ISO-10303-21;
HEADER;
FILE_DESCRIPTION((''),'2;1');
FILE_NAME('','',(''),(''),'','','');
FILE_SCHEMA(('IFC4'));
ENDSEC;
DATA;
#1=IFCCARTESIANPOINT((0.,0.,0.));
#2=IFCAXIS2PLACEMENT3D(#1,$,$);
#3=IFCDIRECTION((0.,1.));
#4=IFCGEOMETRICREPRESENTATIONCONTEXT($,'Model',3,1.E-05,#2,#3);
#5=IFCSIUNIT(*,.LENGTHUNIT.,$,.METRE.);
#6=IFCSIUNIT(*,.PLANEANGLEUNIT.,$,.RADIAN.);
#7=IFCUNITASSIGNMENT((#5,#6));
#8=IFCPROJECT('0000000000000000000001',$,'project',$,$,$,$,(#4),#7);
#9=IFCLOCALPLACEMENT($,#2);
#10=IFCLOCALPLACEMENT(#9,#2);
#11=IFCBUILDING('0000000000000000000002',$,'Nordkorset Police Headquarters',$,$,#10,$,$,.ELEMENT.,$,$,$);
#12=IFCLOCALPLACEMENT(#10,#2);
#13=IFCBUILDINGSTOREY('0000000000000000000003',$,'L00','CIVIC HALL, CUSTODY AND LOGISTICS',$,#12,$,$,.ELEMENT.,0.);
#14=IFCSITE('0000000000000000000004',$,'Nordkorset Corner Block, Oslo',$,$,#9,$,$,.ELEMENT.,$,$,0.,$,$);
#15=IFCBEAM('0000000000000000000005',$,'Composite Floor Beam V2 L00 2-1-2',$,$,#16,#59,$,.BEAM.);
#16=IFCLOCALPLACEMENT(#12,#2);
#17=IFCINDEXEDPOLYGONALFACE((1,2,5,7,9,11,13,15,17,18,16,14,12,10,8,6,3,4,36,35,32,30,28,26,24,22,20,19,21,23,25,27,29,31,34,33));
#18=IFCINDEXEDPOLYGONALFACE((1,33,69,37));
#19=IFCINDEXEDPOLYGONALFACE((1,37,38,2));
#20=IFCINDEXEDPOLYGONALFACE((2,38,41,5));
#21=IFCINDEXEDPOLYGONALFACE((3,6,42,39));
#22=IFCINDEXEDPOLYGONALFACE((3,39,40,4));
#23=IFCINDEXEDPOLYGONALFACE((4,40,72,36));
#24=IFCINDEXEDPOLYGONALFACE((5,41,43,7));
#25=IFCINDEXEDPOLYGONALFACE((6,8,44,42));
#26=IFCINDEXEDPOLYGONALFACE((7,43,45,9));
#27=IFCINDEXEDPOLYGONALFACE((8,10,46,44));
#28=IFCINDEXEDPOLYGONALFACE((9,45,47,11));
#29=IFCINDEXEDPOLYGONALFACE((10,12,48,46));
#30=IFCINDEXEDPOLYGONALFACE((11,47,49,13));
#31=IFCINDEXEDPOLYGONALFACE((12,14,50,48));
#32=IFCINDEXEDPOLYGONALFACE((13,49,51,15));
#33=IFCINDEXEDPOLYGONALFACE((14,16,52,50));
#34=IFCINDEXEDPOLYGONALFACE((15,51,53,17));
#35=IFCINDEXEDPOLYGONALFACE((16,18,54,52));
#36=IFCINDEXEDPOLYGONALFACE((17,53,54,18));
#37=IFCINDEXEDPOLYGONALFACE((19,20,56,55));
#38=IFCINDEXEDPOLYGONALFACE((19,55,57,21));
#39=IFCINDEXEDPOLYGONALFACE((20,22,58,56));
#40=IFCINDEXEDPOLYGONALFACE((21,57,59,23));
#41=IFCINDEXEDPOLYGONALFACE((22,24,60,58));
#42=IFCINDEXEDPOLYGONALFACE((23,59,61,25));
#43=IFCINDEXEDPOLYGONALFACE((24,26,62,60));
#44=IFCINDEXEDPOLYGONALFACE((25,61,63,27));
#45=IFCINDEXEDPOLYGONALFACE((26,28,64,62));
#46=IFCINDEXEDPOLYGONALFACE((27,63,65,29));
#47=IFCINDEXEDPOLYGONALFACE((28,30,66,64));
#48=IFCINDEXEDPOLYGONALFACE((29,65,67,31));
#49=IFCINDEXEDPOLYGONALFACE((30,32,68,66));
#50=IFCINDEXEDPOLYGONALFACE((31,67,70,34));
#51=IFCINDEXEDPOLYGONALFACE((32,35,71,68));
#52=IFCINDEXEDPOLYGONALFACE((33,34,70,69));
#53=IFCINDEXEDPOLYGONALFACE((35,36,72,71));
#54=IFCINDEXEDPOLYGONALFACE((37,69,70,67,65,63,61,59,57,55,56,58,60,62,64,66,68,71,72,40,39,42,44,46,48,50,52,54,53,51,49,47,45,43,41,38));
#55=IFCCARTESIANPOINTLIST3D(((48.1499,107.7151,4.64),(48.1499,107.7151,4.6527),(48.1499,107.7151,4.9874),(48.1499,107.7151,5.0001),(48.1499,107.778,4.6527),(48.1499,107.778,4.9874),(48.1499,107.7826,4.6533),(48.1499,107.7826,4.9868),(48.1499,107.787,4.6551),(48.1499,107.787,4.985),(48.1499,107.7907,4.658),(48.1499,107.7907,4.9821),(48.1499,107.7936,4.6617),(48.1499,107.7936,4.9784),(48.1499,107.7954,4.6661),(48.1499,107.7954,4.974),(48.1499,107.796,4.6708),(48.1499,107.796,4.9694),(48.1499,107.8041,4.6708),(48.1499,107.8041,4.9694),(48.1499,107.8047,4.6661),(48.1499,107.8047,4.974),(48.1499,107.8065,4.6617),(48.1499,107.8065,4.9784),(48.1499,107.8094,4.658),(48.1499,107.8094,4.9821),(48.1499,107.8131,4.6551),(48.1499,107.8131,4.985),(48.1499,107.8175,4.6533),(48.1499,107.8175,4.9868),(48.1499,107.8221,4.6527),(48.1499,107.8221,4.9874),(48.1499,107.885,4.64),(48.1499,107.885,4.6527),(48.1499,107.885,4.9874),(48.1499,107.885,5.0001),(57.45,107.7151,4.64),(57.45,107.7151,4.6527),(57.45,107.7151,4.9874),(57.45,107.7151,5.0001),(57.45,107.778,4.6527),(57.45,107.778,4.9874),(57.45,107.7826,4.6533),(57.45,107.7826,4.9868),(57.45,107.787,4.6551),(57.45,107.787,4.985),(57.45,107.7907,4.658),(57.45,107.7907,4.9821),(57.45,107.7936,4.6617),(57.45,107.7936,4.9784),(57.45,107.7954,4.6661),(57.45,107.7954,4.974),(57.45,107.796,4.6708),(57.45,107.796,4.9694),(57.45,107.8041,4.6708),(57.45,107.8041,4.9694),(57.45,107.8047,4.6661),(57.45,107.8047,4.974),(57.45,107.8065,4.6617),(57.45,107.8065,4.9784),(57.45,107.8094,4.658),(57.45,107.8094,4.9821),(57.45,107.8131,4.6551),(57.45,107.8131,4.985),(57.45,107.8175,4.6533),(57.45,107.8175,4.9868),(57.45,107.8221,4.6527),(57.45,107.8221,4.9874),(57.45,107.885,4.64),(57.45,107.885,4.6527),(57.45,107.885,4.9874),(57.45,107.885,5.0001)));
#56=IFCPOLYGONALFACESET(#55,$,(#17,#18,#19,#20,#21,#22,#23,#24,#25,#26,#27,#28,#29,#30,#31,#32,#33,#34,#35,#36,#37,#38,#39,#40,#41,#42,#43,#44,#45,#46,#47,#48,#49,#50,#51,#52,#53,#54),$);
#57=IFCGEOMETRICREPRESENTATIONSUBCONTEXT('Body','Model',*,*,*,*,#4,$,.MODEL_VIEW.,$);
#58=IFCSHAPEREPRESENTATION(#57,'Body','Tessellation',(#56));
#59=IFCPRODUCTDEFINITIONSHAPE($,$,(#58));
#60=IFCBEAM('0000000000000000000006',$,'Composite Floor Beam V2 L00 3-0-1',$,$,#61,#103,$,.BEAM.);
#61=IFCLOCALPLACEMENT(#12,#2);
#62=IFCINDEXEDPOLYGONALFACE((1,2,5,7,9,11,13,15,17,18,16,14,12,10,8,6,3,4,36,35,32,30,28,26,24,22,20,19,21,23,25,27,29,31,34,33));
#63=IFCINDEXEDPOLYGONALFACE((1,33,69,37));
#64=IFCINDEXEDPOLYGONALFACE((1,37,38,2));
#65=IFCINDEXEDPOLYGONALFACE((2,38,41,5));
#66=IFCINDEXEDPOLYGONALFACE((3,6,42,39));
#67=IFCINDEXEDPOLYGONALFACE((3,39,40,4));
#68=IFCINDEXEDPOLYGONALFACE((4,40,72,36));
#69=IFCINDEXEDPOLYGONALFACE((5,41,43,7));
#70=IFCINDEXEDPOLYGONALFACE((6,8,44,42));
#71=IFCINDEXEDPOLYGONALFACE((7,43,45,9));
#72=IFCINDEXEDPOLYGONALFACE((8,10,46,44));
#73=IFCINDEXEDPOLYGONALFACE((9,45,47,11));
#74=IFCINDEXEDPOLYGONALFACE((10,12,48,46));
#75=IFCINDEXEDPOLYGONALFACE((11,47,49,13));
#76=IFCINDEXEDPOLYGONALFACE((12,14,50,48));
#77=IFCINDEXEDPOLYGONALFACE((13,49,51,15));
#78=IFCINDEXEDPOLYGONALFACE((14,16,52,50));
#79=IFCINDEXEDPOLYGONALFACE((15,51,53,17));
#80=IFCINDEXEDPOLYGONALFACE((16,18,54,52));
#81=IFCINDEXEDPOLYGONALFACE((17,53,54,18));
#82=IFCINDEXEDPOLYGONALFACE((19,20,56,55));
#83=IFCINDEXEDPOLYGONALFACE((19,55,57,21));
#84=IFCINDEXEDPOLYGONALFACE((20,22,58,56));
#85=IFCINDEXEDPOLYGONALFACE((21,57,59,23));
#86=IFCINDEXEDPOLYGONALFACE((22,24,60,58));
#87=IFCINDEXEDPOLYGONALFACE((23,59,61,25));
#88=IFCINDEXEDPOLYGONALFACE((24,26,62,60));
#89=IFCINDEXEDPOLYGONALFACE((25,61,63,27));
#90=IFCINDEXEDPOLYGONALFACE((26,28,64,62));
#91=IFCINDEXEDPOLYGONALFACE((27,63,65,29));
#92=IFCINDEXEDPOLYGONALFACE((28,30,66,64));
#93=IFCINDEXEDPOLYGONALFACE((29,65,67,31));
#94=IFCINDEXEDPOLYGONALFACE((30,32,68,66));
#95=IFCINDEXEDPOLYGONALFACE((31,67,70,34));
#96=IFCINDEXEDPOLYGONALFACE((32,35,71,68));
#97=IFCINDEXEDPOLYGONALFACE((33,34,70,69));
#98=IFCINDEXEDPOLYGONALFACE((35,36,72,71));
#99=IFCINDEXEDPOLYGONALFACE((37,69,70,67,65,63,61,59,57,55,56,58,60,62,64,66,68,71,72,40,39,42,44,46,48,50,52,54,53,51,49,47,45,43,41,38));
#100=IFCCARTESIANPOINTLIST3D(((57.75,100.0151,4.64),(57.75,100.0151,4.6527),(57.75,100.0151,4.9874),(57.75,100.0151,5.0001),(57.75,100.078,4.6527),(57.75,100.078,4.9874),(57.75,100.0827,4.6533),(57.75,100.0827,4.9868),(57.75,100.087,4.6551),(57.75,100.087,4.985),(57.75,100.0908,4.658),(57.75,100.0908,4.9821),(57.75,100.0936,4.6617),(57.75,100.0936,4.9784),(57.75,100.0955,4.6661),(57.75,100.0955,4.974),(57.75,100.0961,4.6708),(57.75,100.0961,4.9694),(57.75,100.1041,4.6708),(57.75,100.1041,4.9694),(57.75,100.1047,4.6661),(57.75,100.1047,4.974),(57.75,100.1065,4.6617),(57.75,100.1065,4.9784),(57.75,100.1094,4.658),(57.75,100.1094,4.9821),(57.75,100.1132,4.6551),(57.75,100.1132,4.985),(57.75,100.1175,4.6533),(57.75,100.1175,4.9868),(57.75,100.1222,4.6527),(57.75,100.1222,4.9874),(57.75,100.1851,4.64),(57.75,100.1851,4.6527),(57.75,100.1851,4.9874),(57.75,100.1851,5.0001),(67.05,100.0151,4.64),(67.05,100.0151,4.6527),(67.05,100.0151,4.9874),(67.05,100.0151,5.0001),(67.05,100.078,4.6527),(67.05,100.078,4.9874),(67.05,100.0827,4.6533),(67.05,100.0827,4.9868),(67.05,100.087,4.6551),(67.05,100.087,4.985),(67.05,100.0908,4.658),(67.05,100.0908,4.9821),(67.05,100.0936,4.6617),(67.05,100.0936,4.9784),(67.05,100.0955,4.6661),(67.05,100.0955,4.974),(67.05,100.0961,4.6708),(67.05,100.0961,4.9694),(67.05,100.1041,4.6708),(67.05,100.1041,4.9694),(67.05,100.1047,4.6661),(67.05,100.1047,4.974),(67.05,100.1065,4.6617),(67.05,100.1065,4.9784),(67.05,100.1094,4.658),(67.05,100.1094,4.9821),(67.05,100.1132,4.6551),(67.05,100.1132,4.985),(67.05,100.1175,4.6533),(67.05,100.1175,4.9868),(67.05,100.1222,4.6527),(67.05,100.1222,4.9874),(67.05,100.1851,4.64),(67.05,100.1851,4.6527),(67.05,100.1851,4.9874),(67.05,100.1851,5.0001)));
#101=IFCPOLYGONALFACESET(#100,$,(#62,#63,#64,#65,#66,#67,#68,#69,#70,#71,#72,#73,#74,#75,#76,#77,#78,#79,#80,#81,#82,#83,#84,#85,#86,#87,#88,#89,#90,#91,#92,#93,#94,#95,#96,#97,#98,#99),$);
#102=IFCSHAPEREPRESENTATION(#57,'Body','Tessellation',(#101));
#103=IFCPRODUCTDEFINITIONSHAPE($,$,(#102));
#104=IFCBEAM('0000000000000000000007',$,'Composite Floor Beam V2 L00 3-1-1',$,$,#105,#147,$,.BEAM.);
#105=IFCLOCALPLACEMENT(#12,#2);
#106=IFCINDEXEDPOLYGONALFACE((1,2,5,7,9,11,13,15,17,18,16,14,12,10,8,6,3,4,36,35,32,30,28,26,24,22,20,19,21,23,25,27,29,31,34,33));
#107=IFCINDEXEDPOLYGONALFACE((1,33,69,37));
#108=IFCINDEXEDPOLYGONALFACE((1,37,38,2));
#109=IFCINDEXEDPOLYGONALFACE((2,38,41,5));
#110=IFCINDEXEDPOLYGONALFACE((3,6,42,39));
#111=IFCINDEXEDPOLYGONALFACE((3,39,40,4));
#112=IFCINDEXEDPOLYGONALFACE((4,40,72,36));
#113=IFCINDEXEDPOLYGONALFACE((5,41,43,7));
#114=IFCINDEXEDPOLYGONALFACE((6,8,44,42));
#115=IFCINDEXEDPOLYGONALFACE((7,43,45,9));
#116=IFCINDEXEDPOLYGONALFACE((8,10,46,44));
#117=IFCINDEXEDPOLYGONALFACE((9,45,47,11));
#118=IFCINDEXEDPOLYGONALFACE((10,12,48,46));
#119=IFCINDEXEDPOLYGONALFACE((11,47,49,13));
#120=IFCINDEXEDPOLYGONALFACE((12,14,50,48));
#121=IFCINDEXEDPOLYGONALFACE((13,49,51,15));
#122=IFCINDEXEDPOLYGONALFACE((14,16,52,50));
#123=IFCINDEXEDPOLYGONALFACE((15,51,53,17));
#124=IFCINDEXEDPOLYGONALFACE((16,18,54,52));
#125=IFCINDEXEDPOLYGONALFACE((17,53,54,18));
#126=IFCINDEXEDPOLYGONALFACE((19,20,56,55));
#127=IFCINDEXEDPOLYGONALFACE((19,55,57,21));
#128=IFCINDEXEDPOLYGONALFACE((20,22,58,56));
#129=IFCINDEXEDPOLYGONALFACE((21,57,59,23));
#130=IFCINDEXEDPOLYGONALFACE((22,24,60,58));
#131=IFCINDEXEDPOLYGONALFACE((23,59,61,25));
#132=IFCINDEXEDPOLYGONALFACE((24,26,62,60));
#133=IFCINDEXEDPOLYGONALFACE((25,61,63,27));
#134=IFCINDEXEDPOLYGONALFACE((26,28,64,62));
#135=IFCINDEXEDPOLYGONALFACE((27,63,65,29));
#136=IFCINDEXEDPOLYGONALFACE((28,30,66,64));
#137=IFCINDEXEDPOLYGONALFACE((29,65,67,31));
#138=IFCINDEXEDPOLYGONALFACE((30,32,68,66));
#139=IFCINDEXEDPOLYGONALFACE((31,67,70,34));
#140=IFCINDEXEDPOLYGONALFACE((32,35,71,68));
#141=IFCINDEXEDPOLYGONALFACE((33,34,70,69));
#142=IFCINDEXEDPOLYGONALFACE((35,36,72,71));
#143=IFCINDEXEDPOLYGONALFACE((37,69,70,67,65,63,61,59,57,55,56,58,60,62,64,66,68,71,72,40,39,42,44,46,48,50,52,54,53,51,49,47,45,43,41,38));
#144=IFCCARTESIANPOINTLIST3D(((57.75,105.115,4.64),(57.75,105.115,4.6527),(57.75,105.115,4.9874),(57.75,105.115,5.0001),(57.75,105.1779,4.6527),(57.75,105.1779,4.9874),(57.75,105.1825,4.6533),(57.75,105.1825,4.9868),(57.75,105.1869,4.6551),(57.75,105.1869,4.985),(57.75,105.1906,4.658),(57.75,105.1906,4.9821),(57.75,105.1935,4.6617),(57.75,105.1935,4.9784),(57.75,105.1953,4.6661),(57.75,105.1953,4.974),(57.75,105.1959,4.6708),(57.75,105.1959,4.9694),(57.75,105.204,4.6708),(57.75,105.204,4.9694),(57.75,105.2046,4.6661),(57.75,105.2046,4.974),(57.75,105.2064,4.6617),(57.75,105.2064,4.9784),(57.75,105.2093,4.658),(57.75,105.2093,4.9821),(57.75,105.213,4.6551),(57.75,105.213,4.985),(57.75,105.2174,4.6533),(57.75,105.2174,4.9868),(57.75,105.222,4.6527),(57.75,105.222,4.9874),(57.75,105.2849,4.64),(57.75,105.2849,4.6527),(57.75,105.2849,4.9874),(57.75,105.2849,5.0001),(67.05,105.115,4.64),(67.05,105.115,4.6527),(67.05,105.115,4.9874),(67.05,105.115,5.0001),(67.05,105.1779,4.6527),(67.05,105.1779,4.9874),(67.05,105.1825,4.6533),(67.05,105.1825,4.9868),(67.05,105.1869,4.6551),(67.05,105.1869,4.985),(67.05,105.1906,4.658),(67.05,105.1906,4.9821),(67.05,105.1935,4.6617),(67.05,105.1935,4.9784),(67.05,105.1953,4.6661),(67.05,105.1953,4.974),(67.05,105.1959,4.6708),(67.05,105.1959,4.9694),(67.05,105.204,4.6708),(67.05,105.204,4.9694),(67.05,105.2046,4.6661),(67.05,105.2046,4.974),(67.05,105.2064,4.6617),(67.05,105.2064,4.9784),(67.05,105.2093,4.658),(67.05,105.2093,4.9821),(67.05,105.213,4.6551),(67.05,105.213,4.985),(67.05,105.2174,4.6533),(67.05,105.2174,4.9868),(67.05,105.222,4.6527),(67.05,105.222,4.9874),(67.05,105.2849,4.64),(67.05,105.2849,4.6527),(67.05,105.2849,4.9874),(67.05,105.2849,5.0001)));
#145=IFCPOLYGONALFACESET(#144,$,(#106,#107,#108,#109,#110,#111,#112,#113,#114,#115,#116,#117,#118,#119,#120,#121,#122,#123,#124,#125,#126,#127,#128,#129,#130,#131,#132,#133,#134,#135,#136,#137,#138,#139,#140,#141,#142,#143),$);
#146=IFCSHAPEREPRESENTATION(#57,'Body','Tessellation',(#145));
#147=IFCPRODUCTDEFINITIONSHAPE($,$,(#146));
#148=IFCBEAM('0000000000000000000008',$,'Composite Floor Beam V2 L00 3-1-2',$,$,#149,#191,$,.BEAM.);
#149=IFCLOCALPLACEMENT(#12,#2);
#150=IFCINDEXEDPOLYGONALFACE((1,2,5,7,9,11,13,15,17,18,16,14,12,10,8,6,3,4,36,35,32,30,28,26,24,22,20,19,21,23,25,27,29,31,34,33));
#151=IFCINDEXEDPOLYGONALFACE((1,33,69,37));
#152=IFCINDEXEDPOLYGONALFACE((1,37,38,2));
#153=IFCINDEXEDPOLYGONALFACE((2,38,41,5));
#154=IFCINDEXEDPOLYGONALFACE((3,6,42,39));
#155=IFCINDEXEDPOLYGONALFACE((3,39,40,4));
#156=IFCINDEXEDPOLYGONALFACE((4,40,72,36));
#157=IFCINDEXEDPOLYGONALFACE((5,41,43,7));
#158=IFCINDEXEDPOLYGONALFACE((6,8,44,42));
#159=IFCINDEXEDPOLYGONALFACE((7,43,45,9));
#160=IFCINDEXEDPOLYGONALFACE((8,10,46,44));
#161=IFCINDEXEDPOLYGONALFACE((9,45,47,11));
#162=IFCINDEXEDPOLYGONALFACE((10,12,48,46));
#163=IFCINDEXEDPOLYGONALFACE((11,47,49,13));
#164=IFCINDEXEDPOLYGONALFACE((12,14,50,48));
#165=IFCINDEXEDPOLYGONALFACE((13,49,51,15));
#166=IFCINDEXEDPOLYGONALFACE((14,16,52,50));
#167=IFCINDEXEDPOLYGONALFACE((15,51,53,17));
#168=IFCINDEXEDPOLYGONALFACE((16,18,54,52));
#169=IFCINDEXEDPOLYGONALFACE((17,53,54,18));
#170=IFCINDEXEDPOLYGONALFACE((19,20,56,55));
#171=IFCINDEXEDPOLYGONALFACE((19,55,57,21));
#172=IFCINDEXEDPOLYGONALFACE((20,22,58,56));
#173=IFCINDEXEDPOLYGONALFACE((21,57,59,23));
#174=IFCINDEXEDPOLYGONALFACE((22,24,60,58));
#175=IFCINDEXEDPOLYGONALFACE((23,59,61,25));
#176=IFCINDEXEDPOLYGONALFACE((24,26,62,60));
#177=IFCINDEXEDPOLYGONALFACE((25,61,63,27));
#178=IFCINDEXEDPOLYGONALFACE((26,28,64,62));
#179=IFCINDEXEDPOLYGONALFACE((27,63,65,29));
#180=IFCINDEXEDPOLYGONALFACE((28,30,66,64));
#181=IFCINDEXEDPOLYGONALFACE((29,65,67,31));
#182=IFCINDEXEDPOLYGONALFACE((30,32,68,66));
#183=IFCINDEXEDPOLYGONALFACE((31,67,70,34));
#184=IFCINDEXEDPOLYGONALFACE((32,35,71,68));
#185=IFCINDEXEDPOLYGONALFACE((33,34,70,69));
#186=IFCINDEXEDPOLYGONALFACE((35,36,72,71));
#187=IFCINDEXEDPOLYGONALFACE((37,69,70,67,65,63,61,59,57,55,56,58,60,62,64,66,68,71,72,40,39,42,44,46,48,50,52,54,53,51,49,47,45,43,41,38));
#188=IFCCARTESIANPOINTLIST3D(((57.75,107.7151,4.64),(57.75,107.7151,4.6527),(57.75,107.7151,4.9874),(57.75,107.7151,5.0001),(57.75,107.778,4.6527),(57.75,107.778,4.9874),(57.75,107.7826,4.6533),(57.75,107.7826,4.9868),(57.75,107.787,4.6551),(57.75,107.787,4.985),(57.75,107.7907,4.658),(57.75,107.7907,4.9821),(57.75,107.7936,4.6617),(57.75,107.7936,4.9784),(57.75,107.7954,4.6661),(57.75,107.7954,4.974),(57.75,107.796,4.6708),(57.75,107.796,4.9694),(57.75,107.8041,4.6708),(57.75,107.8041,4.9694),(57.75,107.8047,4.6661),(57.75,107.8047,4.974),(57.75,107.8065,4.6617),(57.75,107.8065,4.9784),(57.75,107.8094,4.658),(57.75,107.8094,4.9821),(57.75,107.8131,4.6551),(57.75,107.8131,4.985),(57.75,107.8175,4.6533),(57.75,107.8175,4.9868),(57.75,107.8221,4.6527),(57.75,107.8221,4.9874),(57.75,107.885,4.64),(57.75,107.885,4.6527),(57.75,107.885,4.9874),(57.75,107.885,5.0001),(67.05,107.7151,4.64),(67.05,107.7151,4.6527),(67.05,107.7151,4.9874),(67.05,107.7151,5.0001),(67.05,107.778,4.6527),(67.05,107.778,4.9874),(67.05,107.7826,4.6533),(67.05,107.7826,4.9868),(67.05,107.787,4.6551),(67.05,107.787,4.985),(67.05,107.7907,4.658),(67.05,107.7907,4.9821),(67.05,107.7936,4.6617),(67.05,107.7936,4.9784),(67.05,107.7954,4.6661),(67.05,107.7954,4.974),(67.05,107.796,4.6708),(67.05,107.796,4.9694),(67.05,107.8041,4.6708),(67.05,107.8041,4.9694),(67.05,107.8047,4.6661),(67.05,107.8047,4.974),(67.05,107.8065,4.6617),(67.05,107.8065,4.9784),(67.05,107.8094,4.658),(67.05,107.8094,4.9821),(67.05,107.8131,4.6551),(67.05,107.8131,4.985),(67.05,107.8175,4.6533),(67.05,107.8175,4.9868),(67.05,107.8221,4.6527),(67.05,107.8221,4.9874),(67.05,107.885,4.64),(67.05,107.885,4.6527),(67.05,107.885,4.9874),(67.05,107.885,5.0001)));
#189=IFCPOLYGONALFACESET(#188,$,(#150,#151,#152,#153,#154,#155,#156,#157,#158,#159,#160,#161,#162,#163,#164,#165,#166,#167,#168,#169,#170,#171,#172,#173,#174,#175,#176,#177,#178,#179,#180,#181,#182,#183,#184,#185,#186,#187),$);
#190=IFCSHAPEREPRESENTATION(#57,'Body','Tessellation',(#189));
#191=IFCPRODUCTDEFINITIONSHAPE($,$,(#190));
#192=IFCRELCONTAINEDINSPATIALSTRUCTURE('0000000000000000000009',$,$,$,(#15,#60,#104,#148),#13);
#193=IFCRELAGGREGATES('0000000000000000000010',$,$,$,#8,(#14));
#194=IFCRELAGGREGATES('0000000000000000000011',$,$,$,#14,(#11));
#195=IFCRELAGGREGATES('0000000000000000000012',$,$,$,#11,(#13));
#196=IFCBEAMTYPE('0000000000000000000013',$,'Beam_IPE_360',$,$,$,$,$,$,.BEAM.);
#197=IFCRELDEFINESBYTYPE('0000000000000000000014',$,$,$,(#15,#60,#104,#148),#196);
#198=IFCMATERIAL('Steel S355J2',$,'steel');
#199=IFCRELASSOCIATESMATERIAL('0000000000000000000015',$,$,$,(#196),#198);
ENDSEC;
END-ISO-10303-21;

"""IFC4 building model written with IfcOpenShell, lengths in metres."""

from ifc_helpers import new_model, si_unit, direction, frame, origin, origin_2d, place, context, subcontext, project, spatial, i_section, extrude, material, material_profile, profile_set, type_object, element, save


model = new_model("IFC4")

# Units and contexts
model_context = context("Model", 3, precision=1e-05, world=origin(), true_north=direction((0.0, 1.0)))
body_context = subcontext(model_context, "Body", "Model", "MODEL_VIEW")
ifc_project = project(units=[si_unit("LENGTHUNIT", "METRE"), si_unit("PLANEANGLEUNIT", "RADIAN")], contexts=[model_context])

# Site, building, storey
site_placement = place(None, origin())
site = spatial("IfcSite", under=ifc_project, at=site_placement, Name="Nordkorset Corner Block, Oslo", CompositionType="ELEMENT", RefElevation=0.0)
building_placement = place(site_placement, origin())
building = spatial("IfcBuilding", under=site, at=building_placement, Name="Nordkorset Police Headquarters", CompositionType="ELEMENT")
storey_placement = place(building_placement, origin())
storey = spatial("IfcBuildingStorey", under=building, at=storey_placement, Name="L00", Description="CIVIC HALL, CUSTODY AND LOGISTICS", CompositionType="ELEMENT", Elevation=0.0)

# Beams
ifc_material_1 = material(Name="Steel S355J2", Category="steel")
ifc_material_profile_1 = material_profile(ifc_material_1, i_section(OverallWidth=0.1699, OverallDepth=0.3601, WebThickness=0.0081, FlangeThickness=0.0127, FilletRadius=0.0181, at=origin_2d()), Name="IPE 360")
ifc_profile_set_1 = profile_set([ifc_material_profile_1], Name="Steel S355J2")
beam_type_1 = type_object("IfcBeamType", Name="Beam_IPE_360", PredefinedType="BEAM", material=ifc_profile_set_1)
for number, where, z_axis, x_axis, name in (
    (1, (48.1499, 107.8, 4.8201), (1.0, 0.0, 0.0), (0.0, 1.0, 0.0), "Composite Floor Beam V2 L00 2-1-2"),
    (2, (57.75, 100.1001, 4.8201), (1.0, 0.0, 0.0), (0.0, 1.0, 0.0), "Composite Floor Beam V2 L00 3-0-1"),
    (3, (57.75, 105.2, 4.8201), (1.0, 0.0, 0.0), (0.0, 1.0, 0.0), "Composite Floor Beam V2 L00 3-1-1"),
    (4, (57.75, 107.8, 4.8201), (1.0, 0.0, 0.0), (0.0, 1.0, 0.0), "Composite Floor Beam V2 L00 3-1-2"),
):
    element("IfcBeam", number, at=place(storey_placement, frame(where, z_axis=z_axis, x_axis=x_axis)), inside=storey, type_object=beam_type_1, Name=name, PredefinedType="BEAM", context=body_context, shape_type="SweptSolid", body=[
        extrude(i_section(OverallWidth=0.1699, OverallDepth=0.3601, WebThickness=0.0081, FlangeThickness=0.0127, FilletRadius=0.0181, at=origin_2d()), origin(), (0.0, 0.0, 1.0), 9.3),
    ])

save(model, "model.ifc")
